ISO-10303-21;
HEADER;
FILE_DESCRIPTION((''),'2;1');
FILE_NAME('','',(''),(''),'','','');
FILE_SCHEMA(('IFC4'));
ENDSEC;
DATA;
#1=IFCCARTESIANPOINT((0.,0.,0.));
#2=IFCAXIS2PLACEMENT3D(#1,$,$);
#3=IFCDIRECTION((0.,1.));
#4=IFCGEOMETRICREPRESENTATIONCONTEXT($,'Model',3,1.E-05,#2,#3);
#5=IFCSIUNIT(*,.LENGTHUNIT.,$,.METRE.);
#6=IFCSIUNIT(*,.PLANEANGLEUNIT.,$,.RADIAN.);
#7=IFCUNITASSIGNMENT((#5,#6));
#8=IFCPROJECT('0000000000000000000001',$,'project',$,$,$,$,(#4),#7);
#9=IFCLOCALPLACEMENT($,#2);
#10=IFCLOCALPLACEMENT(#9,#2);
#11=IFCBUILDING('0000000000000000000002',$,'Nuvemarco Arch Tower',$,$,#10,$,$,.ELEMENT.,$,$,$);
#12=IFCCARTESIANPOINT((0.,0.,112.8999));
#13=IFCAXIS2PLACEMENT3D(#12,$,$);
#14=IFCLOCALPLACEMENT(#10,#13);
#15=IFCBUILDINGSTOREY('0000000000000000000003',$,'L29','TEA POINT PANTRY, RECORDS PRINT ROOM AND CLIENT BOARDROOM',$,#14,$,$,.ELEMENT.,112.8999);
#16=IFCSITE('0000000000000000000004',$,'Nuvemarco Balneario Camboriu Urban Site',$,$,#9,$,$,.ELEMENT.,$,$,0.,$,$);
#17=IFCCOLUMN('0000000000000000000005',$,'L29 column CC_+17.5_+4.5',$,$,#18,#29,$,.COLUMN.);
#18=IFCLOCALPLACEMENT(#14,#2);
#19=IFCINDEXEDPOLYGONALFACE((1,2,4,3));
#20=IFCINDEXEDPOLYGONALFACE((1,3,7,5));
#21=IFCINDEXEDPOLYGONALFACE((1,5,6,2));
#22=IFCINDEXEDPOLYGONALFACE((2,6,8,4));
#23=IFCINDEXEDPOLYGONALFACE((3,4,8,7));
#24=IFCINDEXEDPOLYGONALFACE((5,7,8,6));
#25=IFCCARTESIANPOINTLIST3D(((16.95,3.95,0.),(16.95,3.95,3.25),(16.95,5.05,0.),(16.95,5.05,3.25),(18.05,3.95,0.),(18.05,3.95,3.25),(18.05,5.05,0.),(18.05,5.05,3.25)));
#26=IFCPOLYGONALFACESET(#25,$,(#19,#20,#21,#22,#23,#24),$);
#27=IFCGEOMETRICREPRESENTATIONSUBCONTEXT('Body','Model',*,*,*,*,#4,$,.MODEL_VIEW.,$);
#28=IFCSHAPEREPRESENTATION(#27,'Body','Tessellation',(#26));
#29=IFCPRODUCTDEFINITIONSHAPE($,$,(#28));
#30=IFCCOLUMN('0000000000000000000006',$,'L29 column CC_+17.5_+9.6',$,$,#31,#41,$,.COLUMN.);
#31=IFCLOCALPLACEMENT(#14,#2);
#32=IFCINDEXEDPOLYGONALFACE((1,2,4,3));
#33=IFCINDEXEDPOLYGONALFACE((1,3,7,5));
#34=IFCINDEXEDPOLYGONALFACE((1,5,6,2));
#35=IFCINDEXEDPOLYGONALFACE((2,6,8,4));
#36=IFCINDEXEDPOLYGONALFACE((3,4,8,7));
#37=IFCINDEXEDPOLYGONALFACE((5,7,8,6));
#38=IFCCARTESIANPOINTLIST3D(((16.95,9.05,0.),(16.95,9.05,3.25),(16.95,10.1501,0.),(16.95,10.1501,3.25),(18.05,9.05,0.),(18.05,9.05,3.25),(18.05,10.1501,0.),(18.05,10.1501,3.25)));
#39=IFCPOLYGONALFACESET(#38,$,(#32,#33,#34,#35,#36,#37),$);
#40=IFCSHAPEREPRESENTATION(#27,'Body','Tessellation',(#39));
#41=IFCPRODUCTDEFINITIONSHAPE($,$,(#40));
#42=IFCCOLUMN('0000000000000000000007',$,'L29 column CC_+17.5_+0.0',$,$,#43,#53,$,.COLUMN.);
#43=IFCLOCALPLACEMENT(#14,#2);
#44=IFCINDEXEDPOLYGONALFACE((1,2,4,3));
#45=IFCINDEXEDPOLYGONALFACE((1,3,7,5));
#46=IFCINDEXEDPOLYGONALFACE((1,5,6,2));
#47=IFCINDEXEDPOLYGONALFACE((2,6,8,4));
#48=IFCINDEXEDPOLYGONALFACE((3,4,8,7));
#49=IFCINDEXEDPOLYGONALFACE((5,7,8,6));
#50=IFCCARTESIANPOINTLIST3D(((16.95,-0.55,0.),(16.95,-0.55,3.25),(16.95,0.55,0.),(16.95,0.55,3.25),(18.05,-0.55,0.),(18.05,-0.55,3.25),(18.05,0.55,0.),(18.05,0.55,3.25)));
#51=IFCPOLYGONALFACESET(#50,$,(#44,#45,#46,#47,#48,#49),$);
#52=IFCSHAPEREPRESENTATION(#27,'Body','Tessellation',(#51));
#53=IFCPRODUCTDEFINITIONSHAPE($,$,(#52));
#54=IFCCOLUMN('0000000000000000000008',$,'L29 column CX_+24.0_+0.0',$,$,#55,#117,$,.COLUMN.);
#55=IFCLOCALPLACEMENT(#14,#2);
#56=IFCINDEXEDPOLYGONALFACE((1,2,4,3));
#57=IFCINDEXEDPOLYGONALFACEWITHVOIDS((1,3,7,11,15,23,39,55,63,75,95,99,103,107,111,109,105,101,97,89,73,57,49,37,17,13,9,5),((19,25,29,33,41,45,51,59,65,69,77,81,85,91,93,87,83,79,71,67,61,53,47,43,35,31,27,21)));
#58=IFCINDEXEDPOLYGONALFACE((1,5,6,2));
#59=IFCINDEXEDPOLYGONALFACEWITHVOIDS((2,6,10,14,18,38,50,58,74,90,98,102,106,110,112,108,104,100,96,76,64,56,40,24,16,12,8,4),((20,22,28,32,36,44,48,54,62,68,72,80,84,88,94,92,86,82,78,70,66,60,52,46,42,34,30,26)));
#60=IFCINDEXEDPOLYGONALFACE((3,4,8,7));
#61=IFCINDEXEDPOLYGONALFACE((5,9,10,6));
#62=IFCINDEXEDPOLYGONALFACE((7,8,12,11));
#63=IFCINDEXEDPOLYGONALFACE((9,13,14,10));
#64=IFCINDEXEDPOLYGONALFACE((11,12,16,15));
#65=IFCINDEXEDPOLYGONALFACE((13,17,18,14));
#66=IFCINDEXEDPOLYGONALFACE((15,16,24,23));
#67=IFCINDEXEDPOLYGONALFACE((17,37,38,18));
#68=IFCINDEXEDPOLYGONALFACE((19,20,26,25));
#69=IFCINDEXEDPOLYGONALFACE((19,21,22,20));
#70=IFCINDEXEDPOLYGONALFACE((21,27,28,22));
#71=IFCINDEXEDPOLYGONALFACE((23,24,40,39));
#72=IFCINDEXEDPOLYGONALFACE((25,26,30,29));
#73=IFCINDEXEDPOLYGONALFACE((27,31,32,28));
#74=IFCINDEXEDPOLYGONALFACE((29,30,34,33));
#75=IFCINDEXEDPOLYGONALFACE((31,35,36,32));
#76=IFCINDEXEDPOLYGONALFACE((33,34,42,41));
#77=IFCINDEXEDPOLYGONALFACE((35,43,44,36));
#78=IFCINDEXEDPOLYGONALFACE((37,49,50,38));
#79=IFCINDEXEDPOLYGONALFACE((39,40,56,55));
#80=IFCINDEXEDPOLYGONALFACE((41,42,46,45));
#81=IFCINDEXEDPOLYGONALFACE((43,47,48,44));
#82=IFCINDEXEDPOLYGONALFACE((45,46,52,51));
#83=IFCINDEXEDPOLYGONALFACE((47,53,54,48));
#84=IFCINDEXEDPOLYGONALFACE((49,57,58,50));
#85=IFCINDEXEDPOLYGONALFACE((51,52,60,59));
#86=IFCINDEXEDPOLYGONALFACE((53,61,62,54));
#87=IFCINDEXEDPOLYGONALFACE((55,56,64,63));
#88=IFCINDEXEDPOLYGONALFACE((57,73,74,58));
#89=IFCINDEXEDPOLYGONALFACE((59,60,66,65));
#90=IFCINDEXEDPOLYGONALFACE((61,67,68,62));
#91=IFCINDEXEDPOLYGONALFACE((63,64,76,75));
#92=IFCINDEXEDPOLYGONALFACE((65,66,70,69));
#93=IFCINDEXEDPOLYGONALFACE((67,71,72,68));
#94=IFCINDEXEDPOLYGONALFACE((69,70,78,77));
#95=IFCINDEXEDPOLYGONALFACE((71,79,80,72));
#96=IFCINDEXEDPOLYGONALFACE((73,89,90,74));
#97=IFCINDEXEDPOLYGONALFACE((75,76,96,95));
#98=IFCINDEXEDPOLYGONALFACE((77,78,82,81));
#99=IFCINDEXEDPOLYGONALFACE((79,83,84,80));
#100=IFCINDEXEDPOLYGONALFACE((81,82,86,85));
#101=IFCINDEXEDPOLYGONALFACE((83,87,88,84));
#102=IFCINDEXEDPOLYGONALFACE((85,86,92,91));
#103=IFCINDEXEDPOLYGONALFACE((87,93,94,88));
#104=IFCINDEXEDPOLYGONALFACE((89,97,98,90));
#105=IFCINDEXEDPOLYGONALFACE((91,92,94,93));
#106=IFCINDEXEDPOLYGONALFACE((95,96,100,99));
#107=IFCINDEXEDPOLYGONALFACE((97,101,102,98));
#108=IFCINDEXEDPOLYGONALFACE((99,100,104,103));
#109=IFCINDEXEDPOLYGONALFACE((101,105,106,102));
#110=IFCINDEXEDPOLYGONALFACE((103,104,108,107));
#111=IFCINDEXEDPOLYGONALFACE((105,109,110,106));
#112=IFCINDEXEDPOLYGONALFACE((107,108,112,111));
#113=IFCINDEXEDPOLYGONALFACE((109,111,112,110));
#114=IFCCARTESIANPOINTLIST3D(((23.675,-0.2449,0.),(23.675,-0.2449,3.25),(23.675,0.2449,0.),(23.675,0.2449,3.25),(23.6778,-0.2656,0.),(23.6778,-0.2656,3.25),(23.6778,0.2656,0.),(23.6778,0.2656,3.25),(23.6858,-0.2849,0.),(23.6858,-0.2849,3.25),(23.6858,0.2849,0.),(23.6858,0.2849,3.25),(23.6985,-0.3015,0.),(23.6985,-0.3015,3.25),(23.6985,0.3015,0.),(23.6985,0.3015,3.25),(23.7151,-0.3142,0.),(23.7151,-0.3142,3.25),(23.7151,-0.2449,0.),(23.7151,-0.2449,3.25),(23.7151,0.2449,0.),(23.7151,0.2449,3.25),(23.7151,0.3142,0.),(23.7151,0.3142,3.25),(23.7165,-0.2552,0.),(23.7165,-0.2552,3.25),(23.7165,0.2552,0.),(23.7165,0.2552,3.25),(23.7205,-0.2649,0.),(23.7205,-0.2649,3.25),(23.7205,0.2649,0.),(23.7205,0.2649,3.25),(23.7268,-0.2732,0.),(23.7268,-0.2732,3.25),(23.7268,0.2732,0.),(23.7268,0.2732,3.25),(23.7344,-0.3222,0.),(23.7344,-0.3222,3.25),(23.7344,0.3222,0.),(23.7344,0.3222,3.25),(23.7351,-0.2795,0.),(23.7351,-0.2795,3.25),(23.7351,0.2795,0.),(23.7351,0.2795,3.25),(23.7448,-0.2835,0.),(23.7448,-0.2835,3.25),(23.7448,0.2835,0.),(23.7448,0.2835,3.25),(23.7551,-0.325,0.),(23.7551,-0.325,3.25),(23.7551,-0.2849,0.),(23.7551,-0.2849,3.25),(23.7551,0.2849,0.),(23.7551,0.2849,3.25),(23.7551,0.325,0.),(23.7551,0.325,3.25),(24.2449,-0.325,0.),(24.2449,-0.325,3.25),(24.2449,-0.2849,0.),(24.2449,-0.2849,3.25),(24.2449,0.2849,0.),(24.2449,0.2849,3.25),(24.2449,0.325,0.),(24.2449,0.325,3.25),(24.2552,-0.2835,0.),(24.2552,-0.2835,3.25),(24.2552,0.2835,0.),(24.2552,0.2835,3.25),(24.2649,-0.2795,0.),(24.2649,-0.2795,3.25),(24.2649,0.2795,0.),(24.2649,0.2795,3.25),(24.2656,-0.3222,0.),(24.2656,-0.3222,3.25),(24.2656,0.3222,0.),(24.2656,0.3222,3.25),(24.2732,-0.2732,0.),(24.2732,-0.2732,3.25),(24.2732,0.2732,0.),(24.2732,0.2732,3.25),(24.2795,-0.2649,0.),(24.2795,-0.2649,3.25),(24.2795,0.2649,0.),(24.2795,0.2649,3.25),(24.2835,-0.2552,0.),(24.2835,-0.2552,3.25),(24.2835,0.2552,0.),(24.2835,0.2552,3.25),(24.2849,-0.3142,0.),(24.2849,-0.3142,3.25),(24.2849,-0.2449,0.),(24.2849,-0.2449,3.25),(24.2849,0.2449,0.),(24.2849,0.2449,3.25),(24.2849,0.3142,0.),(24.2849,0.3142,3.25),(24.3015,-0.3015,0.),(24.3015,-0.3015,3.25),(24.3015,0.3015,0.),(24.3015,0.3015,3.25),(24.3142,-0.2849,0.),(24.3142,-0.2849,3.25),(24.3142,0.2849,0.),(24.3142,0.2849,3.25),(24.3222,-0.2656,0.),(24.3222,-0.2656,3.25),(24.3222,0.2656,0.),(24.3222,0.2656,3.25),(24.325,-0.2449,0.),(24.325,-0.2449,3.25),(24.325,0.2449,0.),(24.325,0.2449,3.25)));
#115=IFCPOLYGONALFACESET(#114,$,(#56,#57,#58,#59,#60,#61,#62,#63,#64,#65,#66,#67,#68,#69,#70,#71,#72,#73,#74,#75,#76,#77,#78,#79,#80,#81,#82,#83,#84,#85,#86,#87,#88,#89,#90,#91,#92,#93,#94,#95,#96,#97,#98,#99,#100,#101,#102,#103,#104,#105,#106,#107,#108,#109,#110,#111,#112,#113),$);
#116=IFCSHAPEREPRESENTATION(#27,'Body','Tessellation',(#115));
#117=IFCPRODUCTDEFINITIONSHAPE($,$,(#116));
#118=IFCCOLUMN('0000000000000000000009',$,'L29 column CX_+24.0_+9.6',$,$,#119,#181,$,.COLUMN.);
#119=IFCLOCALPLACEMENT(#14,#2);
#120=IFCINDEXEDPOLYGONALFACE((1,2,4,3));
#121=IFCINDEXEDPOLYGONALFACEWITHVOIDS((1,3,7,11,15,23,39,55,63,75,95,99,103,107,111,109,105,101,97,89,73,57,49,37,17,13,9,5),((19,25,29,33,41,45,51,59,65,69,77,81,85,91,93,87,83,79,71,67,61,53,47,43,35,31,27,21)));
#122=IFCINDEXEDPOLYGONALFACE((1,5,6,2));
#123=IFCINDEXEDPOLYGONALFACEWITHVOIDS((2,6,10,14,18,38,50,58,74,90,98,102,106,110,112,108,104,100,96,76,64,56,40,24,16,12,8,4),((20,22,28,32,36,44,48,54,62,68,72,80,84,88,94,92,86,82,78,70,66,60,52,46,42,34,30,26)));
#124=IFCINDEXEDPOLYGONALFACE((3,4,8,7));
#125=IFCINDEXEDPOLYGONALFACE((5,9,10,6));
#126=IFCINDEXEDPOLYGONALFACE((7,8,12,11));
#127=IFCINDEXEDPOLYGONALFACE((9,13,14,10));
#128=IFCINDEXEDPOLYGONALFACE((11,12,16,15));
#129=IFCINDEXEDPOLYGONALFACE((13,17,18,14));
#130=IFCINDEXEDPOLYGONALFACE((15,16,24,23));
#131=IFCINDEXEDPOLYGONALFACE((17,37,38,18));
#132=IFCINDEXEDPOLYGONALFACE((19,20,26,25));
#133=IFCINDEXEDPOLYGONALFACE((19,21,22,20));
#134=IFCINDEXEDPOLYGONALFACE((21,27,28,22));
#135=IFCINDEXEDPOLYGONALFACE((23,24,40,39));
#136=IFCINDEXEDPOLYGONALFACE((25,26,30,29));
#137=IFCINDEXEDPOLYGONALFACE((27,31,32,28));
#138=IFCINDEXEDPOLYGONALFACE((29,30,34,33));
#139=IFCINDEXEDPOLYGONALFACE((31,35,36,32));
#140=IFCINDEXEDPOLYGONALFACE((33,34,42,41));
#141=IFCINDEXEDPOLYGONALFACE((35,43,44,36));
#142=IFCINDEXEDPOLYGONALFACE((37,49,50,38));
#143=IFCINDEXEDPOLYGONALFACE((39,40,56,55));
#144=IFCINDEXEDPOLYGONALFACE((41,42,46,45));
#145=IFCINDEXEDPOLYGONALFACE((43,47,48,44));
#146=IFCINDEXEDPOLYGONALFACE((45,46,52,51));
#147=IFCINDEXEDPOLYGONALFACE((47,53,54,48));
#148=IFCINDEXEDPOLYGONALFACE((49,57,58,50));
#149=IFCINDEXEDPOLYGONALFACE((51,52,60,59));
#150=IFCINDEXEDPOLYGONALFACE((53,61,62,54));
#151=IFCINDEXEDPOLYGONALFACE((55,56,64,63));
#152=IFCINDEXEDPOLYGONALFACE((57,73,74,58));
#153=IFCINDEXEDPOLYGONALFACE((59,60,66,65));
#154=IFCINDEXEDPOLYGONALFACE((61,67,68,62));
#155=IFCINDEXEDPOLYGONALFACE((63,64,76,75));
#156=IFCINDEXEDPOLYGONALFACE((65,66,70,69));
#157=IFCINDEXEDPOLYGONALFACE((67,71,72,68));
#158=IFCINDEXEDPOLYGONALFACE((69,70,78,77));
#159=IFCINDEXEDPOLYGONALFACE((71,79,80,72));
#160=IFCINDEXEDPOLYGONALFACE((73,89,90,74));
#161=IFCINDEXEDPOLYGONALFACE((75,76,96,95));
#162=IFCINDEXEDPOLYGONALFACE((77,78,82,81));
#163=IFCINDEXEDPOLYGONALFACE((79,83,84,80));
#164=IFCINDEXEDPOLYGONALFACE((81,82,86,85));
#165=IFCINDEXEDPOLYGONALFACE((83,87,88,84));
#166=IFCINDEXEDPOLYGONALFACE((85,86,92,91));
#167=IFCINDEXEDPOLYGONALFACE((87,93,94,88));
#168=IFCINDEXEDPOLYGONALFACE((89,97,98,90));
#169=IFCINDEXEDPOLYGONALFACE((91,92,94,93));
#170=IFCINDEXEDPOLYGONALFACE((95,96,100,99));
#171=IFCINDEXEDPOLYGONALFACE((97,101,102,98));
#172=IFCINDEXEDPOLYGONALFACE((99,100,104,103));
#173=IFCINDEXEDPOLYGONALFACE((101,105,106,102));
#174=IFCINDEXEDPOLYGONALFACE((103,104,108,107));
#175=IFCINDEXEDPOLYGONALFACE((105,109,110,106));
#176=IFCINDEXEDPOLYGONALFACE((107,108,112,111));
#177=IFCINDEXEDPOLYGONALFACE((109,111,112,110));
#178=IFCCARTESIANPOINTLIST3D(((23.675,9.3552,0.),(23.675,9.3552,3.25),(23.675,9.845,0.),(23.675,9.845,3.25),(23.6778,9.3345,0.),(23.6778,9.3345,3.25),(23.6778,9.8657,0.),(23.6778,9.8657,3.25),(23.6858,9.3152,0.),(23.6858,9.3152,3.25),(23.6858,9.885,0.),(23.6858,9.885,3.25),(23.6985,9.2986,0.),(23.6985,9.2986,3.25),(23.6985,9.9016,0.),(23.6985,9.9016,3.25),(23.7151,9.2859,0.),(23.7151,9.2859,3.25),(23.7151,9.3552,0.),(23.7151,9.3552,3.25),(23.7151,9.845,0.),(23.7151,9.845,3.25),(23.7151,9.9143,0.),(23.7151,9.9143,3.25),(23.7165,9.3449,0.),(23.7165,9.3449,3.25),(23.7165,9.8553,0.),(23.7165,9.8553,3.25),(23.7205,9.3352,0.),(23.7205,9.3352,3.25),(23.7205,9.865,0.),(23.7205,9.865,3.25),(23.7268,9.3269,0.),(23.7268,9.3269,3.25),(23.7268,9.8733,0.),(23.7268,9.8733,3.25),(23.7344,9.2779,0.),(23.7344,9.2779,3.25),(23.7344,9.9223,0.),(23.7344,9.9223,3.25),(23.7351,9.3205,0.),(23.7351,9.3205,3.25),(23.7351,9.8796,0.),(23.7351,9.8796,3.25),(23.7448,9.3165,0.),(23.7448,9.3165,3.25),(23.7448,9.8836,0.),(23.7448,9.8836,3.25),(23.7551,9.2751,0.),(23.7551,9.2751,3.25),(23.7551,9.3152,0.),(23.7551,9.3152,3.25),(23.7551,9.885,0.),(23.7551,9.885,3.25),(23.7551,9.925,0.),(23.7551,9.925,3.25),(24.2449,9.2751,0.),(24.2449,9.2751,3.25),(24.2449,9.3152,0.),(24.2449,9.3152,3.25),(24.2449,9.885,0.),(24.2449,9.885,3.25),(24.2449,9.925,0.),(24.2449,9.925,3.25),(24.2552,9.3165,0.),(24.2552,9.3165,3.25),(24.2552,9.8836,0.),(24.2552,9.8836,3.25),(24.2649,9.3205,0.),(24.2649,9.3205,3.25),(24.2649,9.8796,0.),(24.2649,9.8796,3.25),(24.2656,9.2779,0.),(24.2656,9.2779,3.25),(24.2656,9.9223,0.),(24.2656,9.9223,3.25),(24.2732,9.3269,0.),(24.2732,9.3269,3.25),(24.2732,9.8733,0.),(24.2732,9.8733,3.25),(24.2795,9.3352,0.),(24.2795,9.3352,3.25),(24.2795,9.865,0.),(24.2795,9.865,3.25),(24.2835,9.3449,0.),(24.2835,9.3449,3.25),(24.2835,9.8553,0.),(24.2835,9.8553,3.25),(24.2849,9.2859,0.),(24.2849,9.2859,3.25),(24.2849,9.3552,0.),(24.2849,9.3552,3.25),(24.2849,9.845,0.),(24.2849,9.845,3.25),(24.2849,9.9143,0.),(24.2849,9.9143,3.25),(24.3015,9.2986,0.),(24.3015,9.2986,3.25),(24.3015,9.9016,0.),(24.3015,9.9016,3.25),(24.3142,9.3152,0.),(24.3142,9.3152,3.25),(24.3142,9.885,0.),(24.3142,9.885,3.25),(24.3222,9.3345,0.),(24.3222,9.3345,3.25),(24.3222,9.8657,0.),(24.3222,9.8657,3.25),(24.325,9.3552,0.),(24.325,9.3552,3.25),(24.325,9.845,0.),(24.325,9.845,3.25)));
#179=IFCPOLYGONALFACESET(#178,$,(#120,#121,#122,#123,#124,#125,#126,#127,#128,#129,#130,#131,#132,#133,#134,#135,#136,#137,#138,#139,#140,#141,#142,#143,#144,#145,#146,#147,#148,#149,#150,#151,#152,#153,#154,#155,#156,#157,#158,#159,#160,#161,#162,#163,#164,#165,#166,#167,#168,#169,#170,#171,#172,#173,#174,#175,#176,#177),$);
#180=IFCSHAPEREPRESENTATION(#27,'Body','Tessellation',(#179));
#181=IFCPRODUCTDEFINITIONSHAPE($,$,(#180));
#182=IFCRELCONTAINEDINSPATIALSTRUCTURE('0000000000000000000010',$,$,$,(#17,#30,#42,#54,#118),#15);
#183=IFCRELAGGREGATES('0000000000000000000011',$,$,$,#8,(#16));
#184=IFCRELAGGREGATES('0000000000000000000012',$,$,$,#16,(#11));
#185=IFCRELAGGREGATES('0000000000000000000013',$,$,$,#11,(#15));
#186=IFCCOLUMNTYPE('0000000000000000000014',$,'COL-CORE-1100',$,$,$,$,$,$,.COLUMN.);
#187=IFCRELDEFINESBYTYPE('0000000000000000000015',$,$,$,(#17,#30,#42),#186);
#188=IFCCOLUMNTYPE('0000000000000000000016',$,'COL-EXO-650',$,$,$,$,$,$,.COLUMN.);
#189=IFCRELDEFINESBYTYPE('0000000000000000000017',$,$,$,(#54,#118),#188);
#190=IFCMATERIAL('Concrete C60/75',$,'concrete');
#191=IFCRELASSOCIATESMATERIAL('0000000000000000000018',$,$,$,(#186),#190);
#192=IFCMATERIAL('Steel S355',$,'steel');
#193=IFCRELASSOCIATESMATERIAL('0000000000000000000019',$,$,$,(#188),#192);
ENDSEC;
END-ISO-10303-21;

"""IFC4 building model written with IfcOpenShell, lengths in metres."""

from ifc_helpers import new_model, si_unit, direction, frame, origin, origin_2d, place, context, subcontext, project, spatial, rectangle, hollow_rectangle, extrude, material, material_profile, profile_set, type_object, element, save


model = new_model("IFC4")

# Units and contexts
model_context = context("Model", 3, precision=1e-05, world=origin(), true_north=direction((0.0, 1.0)))
body_context = subcontext(model_context, "Body", "Model", "MODEL_VIEW")
ifc_project = project(units=[si_unit("LENGTHUNIT", "METRE"), si_unit("PLANEANGLEUNIT", "RADIAN")], contexts=[model_context])

# Site, building, storey
site_placement = place(None, origin())
site = spatial("IfcSite", under=ifc_project, at=site_placement, Name="Nuvemarco Balneario Camboriu Urban Site", CompositionType="ELEMENT", RefElevation=0.0)
building_placement = place(site_placement, origin())
building = spatial("IfcBuilding", under=site, at=building_placement, Name="Nuvemarco Arch Tower", CompositionType="ELEMENT")
storey_placement = place(building_placement, frame((0.0, 0.0, 112.8999)))
storey = spatial("IfcBuildingStorey", under=building, at=storey_placement, Name="L29", Description="TEA POINT PANTRY, RECORDS PRINT ROOM AND CLIENT BOARDROOM", CompositionType="ELEMENT", Elevation=112.8999)

# Columns
ifc_material_1 = material(Name="Concrete C60/75", Category="concrete")
ifc_material_profile_1 = material_profile(ifc_material_1, rectangle(XDim=1.1001, YDim=1.1001, at=origin_2d()), Name="RC-COL-1100x1100")
ifc_profile_set_1 = profile_set([ifc_material_profile_1], Name="Concrete C60/75")
column_type_1 = type_object("IfcColumnType", Name="COL-CORE-1100", PredefinedType="COLUMN", material=ifc_profile_set_1)
for number, where, z_axis, x_axis, name in (
    (1, (17.5, 4.5, 0.0), (0.0, 0.0, 1.0), (1.0, 0.0, 0.0), "L29 column CC_+17.5_+4.5"),
    (2, (17.5, 9.6001, 0.0), (0.0, 0.0, 1.0), (1.0, 0.0, 0.0), "L29 column CC_+17.5_+9.6"),
    (3, (17.5, 0.0, 0.0), (0.0, 0.0, 1.0), (1.0, 0.0, 0.0), "L29 column CC_+17.5_+0.0"),
):
    element("IfcColumn", number, at=place(storey_placement, frame(where, z_axis=z_axis, x_axis=x_axis)), inside=storey, type_object=column_type_1, Name=name, PredefinedType="COLUMN", context=body_context, shape_type="SweptSolid", body=[
        extrude(rectangle(XDim=1.1001, YDim=1.1001, at=origin_2d()), origin(), (0.0, 0.0, 1.0), 3.25),
    ])
ifc_material_2 = material(Name="Steel S355", Category="steel")
ifc_material_profile_2 = material_profile(ifc_material_2, hollow_rectangle(XDim=0.6499, YDim=0.6499, WallThickness=0.04, InnerFilletRadius=0.04, OuterFilletRadius=0.0801, at=origin_2d()), Name="SHS650x650x40")
ifc_profile_set_2 = profile_set([ifc_material_profile_2], Name="Steel S355")
column_type_2 = type_object("IfcColumnType", Name="COL-EXO-650", PredefinedType="COLUMN", material=ifc_profile_set_2)
for number, where, z_axis, x_axis, name in (
    (4, (24.0, 0.0, 0.0), (0.0, 0.0, 1.0), (1.0, 0.0, 0.0), "L29 column CX_+24.0_+0.0"),
    (5, (24.0, 9.6001, 0.0), (0.0, 0.0, 1.0), (1.0, 0.0, 0.0), "L29 column CX_+24.0_+9.6"),
):
    element("IfcColumn", number, at=place(storey_placement, frame(where, z_axis=z_axis, x_axis=x_axis)), inside=storey, type_object=column_type_2, Name=name, PredefinedType="COLUMN", context=body_context, shape_type="SweptSolid", body=[
        extrude(hollow_rectangle(XDim=0.6499, YDim=0.6499, WallThickness=0.04, InnerFilletRadius=0.04, OuterFilletRadius=0.0801, at=origin_2d()), origin(), (0.0, 0.0, 1.0), 3.25),
    ])

save(model, "model.ifc")
